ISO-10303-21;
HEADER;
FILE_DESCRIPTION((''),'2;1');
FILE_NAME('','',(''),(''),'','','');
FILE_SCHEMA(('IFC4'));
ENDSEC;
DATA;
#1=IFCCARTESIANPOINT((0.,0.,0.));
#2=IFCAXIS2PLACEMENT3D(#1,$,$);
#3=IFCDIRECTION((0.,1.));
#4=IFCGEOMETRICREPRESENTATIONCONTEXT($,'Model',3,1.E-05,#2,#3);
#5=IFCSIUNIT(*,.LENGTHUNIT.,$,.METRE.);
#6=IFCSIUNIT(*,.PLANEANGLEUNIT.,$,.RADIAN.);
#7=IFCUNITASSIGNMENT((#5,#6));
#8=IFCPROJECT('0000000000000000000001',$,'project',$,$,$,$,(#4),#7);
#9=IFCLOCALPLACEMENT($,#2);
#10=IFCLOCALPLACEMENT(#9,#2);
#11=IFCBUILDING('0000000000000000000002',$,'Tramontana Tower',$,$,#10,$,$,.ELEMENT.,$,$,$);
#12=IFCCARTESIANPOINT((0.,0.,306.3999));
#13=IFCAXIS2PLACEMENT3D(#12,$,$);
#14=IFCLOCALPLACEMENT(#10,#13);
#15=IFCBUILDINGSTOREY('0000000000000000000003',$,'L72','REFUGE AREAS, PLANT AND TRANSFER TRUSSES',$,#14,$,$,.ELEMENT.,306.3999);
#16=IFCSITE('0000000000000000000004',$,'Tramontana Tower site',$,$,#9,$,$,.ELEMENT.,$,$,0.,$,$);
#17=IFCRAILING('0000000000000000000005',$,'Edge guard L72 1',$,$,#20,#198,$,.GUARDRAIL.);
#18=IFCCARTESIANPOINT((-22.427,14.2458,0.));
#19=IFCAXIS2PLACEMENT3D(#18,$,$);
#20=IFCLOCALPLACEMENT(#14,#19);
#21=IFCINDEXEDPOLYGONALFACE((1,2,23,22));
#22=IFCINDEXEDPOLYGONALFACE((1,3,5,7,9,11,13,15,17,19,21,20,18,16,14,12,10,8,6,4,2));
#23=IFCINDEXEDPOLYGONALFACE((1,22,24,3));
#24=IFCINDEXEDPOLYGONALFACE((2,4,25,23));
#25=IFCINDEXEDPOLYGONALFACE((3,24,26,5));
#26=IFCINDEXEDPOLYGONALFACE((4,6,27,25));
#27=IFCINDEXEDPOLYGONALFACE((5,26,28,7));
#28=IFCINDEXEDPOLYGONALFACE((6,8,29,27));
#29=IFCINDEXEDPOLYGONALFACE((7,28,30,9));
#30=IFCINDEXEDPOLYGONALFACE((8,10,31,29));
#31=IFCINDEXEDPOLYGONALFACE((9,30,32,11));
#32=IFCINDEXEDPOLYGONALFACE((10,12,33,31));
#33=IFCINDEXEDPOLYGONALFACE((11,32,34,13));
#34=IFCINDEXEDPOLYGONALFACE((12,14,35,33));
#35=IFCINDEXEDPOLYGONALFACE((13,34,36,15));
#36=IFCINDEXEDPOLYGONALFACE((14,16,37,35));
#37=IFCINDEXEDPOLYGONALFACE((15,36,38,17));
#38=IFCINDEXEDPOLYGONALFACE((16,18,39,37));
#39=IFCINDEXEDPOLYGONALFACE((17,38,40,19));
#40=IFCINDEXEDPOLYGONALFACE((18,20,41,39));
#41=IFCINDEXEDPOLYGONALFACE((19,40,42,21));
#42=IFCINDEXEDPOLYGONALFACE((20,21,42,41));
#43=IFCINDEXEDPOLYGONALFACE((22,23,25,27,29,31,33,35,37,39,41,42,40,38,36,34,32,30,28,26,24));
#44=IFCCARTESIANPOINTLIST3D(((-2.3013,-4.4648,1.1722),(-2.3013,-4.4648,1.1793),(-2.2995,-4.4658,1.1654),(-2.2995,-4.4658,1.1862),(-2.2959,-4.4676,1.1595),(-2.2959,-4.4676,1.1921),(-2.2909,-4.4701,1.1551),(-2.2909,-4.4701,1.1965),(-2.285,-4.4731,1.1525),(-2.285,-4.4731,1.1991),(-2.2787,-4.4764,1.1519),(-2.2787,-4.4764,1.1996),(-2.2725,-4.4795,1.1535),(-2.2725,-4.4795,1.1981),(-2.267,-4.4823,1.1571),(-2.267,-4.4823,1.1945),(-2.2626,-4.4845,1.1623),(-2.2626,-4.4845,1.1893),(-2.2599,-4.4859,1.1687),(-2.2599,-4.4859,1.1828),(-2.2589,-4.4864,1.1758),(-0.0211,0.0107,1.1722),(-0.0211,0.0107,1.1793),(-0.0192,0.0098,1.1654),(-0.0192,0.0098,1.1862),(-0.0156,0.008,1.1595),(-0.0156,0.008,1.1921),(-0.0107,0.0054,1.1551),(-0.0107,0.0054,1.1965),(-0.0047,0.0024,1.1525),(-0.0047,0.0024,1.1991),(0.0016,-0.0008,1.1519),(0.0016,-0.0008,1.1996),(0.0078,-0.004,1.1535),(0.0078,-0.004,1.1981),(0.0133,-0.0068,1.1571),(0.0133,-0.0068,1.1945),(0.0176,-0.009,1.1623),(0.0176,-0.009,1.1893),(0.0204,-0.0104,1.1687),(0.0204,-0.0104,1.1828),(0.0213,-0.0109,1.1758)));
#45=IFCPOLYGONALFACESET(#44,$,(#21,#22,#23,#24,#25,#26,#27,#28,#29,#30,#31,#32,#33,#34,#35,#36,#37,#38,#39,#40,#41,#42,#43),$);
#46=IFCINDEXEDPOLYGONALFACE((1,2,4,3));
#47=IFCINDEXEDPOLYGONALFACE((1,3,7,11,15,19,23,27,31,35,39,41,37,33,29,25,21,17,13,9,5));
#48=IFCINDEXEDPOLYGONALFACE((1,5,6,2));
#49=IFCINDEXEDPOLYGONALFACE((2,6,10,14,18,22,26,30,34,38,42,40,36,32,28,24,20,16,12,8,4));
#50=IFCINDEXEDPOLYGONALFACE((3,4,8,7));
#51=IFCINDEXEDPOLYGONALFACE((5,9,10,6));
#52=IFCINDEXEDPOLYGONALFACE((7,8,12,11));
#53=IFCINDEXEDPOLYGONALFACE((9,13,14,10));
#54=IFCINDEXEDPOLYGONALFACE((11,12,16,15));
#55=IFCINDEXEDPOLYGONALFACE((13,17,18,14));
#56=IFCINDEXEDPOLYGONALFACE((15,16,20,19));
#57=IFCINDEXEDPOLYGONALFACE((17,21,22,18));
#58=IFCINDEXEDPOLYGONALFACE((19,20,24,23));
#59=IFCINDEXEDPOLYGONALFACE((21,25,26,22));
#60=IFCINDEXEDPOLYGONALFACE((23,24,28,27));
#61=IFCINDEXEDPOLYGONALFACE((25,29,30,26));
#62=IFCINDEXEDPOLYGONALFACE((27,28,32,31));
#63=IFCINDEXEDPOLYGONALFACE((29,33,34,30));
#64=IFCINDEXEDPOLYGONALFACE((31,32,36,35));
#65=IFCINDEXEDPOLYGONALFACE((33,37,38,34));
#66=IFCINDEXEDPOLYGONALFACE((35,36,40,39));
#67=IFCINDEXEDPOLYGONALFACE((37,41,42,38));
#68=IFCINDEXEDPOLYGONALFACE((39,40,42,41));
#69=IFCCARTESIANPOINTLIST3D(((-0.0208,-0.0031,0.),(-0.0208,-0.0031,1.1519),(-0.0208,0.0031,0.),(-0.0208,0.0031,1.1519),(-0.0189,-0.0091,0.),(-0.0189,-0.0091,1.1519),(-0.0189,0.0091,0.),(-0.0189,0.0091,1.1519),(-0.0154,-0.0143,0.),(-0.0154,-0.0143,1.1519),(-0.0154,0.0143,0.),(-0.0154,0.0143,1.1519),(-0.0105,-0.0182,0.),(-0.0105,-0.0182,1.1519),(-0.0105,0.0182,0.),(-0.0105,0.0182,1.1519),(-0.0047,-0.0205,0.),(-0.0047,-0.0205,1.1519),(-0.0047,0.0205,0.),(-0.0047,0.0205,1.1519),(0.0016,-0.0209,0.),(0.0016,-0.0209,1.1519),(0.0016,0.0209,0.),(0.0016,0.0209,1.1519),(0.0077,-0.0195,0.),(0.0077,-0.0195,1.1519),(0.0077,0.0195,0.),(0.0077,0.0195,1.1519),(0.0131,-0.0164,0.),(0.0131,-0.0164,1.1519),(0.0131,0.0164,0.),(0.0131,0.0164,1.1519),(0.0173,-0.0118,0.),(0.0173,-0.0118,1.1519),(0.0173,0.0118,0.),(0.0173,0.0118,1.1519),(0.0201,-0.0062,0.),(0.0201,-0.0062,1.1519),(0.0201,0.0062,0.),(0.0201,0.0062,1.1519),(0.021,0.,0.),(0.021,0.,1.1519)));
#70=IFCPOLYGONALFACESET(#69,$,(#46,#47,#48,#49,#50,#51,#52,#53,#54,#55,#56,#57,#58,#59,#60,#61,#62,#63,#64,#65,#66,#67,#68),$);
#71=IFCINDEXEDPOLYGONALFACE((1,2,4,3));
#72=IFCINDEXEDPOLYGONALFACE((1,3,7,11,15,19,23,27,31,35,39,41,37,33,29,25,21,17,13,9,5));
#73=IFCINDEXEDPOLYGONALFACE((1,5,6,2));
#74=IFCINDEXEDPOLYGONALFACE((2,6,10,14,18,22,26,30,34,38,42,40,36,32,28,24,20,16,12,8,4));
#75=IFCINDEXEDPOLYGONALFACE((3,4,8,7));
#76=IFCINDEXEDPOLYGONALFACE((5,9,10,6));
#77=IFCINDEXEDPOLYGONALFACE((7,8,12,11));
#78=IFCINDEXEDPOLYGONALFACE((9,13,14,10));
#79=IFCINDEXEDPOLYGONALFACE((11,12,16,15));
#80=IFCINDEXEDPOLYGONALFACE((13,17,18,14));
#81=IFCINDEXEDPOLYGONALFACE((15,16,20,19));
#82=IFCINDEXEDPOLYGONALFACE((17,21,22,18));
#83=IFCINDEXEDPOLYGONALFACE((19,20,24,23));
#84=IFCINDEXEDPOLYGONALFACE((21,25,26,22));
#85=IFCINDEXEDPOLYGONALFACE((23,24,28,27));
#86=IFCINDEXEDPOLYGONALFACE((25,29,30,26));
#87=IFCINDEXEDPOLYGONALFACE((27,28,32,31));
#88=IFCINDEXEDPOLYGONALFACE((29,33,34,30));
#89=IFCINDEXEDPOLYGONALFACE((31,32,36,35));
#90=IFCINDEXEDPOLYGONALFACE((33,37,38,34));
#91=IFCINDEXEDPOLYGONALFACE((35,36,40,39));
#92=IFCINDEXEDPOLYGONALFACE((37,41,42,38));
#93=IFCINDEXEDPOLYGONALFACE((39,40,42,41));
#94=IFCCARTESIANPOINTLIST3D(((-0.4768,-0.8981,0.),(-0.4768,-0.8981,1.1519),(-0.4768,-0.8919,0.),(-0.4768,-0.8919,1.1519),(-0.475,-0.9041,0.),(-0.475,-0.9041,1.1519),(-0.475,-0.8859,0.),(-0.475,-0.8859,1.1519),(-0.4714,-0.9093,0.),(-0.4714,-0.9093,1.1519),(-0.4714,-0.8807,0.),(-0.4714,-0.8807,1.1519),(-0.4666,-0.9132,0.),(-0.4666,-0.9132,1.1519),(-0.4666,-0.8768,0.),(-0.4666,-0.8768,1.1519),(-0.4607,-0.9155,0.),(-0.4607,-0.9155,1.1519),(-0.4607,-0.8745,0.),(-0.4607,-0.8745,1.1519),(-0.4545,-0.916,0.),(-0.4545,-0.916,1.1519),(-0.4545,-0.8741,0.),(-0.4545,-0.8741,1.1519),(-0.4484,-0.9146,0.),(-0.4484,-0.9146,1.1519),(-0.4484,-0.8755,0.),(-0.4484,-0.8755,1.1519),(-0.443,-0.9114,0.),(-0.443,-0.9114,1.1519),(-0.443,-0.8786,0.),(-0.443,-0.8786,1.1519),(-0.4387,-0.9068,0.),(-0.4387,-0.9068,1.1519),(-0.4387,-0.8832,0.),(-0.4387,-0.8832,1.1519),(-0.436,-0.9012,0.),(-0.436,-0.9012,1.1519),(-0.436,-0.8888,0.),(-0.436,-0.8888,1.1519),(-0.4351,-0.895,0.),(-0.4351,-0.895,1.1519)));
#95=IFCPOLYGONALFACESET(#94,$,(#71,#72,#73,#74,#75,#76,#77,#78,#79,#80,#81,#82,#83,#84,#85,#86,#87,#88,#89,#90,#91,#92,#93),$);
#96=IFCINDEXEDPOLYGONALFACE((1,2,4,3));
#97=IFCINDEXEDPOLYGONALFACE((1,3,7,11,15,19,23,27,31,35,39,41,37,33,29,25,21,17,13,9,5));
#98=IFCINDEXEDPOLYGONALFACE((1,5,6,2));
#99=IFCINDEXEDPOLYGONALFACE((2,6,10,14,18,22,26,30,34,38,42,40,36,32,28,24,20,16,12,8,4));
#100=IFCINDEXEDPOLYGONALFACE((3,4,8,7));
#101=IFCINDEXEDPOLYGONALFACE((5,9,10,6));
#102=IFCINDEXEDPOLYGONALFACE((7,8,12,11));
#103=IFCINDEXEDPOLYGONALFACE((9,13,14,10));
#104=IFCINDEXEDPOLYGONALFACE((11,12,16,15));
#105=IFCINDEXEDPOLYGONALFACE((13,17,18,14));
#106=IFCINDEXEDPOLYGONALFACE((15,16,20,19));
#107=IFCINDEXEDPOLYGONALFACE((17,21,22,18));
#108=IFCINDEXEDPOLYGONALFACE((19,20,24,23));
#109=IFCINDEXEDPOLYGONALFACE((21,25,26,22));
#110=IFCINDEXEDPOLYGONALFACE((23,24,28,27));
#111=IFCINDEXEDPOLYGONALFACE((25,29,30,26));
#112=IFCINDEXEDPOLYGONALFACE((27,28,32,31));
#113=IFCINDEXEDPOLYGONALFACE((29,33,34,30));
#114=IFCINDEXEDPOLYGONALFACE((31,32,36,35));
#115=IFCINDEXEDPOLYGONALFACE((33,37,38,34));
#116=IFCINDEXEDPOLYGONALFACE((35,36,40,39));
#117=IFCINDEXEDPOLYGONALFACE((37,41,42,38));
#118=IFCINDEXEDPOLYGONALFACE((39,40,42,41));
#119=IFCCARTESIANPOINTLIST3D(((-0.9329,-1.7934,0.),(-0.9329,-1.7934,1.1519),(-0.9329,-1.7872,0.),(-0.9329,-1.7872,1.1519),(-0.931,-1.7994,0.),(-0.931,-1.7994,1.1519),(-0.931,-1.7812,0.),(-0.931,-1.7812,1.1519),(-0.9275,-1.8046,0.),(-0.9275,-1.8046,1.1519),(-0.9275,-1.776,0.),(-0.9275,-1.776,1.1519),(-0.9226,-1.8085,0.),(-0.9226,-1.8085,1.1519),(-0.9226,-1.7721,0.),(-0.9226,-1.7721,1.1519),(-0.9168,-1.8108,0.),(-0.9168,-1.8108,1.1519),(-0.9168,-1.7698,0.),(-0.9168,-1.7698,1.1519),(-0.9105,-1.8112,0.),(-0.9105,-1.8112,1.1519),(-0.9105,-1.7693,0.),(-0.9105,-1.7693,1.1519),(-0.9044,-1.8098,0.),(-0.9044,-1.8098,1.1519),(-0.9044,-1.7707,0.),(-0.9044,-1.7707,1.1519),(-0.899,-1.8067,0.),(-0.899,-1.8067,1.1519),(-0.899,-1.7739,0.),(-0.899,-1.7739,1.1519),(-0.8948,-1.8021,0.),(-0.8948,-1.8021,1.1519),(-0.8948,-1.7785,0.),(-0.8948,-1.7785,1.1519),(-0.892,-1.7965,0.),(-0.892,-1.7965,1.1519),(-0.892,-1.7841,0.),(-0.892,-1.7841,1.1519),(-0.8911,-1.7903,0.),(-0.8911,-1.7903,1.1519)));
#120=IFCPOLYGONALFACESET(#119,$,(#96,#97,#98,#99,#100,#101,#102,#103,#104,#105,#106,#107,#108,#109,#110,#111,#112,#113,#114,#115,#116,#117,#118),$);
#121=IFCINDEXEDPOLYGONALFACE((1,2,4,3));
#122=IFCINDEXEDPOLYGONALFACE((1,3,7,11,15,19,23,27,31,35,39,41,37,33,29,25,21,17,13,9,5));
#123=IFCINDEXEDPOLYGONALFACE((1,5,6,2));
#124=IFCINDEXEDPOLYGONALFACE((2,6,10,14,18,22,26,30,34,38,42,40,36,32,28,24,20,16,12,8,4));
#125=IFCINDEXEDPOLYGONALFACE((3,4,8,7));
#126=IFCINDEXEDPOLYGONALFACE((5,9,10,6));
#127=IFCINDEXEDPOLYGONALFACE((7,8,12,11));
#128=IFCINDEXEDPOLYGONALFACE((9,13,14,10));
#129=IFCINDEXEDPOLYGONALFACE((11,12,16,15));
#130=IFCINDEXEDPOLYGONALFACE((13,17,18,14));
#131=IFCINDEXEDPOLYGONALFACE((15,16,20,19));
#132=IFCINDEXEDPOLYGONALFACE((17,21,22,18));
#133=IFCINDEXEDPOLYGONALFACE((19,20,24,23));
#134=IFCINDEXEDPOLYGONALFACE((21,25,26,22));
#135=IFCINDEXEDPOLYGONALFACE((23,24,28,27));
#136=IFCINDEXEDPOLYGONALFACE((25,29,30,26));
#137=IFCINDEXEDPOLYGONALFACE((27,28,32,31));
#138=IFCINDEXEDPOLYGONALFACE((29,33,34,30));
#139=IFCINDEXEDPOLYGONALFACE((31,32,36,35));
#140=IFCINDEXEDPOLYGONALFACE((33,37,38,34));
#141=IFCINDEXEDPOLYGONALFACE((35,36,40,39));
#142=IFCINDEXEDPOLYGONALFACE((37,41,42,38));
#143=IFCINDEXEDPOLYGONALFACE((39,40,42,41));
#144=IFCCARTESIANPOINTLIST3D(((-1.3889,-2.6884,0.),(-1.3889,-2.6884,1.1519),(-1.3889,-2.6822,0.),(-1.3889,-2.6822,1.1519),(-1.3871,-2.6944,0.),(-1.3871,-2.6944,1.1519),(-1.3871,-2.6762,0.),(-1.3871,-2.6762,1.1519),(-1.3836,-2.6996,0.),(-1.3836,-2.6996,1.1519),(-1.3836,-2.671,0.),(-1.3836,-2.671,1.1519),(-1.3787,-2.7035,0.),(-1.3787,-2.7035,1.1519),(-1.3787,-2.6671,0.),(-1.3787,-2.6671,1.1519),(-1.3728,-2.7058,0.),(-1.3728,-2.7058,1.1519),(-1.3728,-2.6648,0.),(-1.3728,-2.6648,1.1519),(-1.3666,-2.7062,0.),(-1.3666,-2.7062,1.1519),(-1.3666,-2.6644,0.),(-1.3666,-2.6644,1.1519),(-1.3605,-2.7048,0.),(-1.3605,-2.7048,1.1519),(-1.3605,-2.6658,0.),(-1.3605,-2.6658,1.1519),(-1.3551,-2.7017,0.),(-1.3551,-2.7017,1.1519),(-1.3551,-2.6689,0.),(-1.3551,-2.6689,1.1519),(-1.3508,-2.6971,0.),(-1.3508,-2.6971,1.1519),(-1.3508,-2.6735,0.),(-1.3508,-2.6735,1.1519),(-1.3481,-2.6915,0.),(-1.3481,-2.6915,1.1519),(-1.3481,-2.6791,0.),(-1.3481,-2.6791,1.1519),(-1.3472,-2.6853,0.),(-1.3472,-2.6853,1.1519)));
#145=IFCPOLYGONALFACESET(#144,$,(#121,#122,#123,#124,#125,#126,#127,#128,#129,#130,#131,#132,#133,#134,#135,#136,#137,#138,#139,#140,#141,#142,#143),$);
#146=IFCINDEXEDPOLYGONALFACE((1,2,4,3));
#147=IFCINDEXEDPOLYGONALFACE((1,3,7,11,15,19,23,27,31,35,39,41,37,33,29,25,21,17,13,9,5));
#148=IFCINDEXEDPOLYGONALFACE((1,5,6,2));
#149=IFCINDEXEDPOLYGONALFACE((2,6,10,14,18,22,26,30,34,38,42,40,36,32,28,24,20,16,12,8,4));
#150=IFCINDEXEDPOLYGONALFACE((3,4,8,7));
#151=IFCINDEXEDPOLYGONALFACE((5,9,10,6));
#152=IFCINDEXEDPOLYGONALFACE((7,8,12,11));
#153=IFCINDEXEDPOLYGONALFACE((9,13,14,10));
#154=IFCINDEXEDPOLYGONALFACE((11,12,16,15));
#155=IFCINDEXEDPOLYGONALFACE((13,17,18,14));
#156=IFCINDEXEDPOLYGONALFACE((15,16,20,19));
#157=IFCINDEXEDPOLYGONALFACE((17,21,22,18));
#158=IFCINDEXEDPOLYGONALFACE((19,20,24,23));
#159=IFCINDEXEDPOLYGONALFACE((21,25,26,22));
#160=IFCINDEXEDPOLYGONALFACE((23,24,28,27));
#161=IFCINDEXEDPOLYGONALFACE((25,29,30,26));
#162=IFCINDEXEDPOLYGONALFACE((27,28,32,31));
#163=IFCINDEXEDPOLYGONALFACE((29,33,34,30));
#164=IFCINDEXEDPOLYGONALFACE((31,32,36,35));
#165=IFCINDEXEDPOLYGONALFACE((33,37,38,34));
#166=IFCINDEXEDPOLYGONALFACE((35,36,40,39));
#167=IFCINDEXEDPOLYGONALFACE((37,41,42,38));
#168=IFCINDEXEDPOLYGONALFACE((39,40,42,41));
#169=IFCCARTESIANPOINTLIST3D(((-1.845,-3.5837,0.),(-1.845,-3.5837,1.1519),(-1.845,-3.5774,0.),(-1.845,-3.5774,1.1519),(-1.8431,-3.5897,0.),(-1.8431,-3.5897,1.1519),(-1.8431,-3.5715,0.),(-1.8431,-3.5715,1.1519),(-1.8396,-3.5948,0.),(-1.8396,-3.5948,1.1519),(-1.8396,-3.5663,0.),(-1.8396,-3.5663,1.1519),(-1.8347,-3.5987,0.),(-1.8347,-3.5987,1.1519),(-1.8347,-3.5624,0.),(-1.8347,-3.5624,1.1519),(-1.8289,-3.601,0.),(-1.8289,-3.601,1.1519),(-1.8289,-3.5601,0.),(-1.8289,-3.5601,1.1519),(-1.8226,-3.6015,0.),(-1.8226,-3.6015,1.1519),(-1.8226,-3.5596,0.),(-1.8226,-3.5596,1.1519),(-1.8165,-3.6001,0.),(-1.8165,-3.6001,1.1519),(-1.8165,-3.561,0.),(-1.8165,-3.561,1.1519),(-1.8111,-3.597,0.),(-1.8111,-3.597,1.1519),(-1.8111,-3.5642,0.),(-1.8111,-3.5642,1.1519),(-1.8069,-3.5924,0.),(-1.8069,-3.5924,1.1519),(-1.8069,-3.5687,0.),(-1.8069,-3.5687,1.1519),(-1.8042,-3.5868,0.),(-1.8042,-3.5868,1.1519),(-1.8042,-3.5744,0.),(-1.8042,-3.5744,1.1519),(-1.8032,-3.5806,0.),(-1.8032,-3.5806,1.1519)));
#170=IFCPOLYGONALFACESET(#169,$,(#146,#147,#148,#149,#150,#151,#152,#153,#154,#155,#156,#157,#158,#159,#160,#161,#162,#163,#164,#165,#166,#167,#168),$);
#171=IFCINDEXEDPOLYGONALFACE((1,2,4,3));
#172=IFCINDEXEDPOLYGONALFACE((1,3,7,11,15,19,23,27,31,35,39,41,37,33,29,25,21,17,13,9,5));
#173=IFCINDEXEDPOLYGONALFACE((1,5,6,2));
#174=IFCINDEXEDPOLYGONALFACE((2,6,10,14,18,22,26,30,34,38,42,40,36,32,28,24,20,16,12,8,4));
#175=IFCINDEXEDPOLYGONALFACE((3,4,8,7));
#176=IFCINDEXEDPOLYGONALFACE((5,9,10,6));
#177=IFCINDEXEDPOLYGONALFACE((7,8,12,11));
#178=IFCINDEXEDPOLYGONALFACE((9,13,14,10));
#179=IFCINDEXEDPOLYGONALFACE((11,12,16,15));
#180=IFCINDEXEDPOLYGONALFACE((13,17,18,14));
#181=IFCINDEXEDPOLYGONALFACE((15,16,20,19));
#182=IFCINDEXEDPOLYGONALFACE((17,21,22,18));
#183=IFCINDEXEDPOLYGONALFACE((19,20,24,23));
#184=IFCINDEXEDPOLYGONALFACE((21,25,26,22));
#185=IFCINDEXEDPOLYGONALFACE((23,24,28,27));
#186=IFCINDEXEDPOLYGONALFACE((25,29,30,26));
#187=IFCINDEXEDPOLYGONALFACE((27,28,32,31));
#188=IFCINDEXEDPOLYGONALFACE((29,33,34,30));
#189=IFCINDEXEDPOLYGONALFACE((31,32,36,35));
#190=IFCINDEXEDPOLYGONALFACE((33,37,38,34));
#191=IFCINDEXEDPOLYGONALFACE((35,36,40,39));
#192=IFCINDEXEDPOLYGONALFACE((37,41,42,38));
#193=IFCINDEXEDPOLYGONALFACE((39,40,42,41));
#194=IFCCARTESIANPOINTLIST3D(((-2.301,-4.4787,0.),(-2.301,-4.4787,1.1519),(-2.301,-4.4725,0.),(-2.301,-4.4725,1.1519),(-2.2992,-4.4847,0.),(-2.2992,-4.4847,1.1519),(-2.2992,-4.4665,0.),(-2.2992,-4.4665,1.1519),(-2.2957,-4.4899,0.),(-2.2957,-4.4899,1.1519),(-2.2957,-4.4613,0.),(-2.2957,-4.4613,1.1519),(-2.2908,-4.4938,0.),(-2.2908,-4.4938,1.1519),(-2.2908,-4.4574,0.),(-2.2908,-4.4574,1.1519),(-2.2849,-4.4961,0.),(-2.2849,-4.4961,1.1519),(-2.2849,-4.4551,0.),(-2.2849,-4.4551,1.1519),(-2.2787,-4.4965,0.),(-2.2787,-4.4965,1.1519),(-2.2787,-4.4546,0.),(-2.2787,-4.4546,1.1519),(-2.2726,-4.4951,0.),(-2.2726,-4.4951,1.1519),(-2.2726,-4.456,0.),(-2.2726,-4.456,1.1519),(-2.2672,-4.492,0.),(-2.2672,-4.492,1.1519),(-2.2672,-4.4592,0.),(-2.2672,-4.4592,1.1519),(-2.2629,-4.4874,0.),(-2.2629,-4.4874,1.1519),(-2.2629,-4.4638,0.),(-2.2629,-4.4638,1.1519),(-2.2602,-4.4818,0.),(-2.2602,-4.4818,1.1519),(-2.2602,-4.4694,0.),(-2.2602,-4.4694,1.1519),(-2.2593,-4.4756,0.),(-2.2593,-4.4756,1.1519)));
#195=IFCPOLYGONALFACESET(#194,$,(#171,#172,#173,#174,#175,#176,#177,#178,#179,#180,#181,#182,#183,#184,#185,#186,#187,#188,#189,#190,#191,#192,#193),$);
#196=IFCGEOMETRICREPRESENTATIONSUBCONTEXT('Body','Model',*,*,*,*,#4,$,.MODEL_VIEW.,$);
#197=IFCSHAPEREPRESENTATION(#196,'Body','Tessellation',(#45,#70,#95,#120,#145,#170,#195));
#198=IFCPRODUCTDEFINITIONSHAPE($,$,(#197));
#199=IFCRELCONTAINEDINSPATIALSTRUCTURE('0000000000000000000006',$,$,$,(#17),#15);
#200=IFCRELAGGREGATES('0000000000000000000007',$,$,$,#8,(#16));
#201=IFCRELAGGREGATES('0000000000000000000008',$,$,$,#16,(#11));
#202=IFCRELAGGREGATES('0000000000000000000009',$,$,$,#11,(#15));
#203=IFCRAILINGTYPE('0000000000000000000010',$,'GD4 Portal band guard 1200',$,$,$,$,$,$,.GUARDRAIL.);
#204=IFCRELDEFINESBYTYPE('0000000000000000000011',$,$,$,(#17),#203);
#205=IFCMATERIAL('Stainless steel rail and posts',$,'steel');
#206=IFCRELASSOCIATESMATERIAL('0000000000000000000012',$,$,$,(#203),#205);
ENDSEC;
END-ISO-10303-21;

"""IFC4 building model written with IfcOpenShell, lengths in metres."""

from ifc_helpers import new_model, si_unit, direction, frame, origin, origin_2d, place, context, subcontext, project, spatial, circle, extrude, material, type_object, element, save


model = new_model("IFC4")

# Units and contexts
model_context = context("Model", 3, precision=1e-05, world=origin(), true_north=direction((0.0, 1.0)))
body_context = subcontext(model_context, "Body", "Model", "MODEL_VIEW")
ifc_project = project(units=[si_unit("LENGTHUNIT", "METRE"), si_unit("PLANEANGLEUNIT", "RADIAN")], contexts=[model_context])

# Site, building, storey
site_placement = place(None, origin())
site = spatial("IfcSite", under=ifc_project, at=site_placement, Name="Tramontana Tower site", CompositionType="ELEMENT", RefElevation=0.0)
building_placement = place(site_placement, origin())
building = spatial("IfcBuilding", under=site, at=building_placement, Name="Tramontana Tower", CompositionType="ELEMENT")
storey_placement = place(building_placement, frame((0.0, 0.0, 306.3999)))
storey = spatial("IfcBuildingStorey", under=building, at=storey_placement, Name="L72", Description="REFUGE AREAS, PLANT AND TRANSFER TRUSSES", CompositionType="ELEMENT", Elevation=306.3999)

# Railing
ifc_material_1 = material(Name="Stainless steel rail and posts", Category="steel")
railing_type = type_object("IfcRailingType", Name="GD4 Portal band guard 1200", PredefinedType="GUARDRAIL", material=ifc_material_1)
railing_1_placement = place(storey_placement, frame((-22.427, 14.2458, 0.0)))
element("IfcRailing", 1, at=railing_1_placement, inside=storey, type_object=railing_type, Name="Edge guard L72 1", PredefinedType="GUARDRAIL", context=body_context, shape_type="SweptSolid", body=[
    extrude(circle(Radius=0.0239, at=origin_2d()), frame((0.0, 0.0, 1.1758), z_axis=(-0.453967, -0.891019, 0.0), x_axis=(0.891019, -0.453967, 0.0)), (0.0, 0.0, 1.0), 5.0229),
    extrude(circle(Radius=0.021, at=origin_2d()), origin(), (0.0, 0.0, 1.0), 1.1519),
    extrude(circle(Radius=0.021, at=origin_2d()), frame((-0.4561, -0.895, 0.0)), (0.0, 0.0, 1.0), 1.1519),
    extrude(circle(Radius=0.021, at=origin_2d()), frame((-0.9121, -1.7903, 0.0)), (0.0, 0.0, 1.0), 1.1519),
    extrude(circle(Radius=0.021, at=origin_2d()), frame((-1.3682, -2.6853, 0.0)), (0.0, 0.0, 1.0), 1.1519),
    extrude(circle(Radius=0.021, at=origin_2d()), frame((-1.8242, -3.5806, 0.0)), (0.0, 0.0, 1.0), 1.1519),
    extrude(circle(Radius=0.021, at=origin_2d()), frame((-2.2803, -4.4756, 0.0)), (0.0, 0.0, 1.0), 1.1519),
])

save(model, "model.ifc")
